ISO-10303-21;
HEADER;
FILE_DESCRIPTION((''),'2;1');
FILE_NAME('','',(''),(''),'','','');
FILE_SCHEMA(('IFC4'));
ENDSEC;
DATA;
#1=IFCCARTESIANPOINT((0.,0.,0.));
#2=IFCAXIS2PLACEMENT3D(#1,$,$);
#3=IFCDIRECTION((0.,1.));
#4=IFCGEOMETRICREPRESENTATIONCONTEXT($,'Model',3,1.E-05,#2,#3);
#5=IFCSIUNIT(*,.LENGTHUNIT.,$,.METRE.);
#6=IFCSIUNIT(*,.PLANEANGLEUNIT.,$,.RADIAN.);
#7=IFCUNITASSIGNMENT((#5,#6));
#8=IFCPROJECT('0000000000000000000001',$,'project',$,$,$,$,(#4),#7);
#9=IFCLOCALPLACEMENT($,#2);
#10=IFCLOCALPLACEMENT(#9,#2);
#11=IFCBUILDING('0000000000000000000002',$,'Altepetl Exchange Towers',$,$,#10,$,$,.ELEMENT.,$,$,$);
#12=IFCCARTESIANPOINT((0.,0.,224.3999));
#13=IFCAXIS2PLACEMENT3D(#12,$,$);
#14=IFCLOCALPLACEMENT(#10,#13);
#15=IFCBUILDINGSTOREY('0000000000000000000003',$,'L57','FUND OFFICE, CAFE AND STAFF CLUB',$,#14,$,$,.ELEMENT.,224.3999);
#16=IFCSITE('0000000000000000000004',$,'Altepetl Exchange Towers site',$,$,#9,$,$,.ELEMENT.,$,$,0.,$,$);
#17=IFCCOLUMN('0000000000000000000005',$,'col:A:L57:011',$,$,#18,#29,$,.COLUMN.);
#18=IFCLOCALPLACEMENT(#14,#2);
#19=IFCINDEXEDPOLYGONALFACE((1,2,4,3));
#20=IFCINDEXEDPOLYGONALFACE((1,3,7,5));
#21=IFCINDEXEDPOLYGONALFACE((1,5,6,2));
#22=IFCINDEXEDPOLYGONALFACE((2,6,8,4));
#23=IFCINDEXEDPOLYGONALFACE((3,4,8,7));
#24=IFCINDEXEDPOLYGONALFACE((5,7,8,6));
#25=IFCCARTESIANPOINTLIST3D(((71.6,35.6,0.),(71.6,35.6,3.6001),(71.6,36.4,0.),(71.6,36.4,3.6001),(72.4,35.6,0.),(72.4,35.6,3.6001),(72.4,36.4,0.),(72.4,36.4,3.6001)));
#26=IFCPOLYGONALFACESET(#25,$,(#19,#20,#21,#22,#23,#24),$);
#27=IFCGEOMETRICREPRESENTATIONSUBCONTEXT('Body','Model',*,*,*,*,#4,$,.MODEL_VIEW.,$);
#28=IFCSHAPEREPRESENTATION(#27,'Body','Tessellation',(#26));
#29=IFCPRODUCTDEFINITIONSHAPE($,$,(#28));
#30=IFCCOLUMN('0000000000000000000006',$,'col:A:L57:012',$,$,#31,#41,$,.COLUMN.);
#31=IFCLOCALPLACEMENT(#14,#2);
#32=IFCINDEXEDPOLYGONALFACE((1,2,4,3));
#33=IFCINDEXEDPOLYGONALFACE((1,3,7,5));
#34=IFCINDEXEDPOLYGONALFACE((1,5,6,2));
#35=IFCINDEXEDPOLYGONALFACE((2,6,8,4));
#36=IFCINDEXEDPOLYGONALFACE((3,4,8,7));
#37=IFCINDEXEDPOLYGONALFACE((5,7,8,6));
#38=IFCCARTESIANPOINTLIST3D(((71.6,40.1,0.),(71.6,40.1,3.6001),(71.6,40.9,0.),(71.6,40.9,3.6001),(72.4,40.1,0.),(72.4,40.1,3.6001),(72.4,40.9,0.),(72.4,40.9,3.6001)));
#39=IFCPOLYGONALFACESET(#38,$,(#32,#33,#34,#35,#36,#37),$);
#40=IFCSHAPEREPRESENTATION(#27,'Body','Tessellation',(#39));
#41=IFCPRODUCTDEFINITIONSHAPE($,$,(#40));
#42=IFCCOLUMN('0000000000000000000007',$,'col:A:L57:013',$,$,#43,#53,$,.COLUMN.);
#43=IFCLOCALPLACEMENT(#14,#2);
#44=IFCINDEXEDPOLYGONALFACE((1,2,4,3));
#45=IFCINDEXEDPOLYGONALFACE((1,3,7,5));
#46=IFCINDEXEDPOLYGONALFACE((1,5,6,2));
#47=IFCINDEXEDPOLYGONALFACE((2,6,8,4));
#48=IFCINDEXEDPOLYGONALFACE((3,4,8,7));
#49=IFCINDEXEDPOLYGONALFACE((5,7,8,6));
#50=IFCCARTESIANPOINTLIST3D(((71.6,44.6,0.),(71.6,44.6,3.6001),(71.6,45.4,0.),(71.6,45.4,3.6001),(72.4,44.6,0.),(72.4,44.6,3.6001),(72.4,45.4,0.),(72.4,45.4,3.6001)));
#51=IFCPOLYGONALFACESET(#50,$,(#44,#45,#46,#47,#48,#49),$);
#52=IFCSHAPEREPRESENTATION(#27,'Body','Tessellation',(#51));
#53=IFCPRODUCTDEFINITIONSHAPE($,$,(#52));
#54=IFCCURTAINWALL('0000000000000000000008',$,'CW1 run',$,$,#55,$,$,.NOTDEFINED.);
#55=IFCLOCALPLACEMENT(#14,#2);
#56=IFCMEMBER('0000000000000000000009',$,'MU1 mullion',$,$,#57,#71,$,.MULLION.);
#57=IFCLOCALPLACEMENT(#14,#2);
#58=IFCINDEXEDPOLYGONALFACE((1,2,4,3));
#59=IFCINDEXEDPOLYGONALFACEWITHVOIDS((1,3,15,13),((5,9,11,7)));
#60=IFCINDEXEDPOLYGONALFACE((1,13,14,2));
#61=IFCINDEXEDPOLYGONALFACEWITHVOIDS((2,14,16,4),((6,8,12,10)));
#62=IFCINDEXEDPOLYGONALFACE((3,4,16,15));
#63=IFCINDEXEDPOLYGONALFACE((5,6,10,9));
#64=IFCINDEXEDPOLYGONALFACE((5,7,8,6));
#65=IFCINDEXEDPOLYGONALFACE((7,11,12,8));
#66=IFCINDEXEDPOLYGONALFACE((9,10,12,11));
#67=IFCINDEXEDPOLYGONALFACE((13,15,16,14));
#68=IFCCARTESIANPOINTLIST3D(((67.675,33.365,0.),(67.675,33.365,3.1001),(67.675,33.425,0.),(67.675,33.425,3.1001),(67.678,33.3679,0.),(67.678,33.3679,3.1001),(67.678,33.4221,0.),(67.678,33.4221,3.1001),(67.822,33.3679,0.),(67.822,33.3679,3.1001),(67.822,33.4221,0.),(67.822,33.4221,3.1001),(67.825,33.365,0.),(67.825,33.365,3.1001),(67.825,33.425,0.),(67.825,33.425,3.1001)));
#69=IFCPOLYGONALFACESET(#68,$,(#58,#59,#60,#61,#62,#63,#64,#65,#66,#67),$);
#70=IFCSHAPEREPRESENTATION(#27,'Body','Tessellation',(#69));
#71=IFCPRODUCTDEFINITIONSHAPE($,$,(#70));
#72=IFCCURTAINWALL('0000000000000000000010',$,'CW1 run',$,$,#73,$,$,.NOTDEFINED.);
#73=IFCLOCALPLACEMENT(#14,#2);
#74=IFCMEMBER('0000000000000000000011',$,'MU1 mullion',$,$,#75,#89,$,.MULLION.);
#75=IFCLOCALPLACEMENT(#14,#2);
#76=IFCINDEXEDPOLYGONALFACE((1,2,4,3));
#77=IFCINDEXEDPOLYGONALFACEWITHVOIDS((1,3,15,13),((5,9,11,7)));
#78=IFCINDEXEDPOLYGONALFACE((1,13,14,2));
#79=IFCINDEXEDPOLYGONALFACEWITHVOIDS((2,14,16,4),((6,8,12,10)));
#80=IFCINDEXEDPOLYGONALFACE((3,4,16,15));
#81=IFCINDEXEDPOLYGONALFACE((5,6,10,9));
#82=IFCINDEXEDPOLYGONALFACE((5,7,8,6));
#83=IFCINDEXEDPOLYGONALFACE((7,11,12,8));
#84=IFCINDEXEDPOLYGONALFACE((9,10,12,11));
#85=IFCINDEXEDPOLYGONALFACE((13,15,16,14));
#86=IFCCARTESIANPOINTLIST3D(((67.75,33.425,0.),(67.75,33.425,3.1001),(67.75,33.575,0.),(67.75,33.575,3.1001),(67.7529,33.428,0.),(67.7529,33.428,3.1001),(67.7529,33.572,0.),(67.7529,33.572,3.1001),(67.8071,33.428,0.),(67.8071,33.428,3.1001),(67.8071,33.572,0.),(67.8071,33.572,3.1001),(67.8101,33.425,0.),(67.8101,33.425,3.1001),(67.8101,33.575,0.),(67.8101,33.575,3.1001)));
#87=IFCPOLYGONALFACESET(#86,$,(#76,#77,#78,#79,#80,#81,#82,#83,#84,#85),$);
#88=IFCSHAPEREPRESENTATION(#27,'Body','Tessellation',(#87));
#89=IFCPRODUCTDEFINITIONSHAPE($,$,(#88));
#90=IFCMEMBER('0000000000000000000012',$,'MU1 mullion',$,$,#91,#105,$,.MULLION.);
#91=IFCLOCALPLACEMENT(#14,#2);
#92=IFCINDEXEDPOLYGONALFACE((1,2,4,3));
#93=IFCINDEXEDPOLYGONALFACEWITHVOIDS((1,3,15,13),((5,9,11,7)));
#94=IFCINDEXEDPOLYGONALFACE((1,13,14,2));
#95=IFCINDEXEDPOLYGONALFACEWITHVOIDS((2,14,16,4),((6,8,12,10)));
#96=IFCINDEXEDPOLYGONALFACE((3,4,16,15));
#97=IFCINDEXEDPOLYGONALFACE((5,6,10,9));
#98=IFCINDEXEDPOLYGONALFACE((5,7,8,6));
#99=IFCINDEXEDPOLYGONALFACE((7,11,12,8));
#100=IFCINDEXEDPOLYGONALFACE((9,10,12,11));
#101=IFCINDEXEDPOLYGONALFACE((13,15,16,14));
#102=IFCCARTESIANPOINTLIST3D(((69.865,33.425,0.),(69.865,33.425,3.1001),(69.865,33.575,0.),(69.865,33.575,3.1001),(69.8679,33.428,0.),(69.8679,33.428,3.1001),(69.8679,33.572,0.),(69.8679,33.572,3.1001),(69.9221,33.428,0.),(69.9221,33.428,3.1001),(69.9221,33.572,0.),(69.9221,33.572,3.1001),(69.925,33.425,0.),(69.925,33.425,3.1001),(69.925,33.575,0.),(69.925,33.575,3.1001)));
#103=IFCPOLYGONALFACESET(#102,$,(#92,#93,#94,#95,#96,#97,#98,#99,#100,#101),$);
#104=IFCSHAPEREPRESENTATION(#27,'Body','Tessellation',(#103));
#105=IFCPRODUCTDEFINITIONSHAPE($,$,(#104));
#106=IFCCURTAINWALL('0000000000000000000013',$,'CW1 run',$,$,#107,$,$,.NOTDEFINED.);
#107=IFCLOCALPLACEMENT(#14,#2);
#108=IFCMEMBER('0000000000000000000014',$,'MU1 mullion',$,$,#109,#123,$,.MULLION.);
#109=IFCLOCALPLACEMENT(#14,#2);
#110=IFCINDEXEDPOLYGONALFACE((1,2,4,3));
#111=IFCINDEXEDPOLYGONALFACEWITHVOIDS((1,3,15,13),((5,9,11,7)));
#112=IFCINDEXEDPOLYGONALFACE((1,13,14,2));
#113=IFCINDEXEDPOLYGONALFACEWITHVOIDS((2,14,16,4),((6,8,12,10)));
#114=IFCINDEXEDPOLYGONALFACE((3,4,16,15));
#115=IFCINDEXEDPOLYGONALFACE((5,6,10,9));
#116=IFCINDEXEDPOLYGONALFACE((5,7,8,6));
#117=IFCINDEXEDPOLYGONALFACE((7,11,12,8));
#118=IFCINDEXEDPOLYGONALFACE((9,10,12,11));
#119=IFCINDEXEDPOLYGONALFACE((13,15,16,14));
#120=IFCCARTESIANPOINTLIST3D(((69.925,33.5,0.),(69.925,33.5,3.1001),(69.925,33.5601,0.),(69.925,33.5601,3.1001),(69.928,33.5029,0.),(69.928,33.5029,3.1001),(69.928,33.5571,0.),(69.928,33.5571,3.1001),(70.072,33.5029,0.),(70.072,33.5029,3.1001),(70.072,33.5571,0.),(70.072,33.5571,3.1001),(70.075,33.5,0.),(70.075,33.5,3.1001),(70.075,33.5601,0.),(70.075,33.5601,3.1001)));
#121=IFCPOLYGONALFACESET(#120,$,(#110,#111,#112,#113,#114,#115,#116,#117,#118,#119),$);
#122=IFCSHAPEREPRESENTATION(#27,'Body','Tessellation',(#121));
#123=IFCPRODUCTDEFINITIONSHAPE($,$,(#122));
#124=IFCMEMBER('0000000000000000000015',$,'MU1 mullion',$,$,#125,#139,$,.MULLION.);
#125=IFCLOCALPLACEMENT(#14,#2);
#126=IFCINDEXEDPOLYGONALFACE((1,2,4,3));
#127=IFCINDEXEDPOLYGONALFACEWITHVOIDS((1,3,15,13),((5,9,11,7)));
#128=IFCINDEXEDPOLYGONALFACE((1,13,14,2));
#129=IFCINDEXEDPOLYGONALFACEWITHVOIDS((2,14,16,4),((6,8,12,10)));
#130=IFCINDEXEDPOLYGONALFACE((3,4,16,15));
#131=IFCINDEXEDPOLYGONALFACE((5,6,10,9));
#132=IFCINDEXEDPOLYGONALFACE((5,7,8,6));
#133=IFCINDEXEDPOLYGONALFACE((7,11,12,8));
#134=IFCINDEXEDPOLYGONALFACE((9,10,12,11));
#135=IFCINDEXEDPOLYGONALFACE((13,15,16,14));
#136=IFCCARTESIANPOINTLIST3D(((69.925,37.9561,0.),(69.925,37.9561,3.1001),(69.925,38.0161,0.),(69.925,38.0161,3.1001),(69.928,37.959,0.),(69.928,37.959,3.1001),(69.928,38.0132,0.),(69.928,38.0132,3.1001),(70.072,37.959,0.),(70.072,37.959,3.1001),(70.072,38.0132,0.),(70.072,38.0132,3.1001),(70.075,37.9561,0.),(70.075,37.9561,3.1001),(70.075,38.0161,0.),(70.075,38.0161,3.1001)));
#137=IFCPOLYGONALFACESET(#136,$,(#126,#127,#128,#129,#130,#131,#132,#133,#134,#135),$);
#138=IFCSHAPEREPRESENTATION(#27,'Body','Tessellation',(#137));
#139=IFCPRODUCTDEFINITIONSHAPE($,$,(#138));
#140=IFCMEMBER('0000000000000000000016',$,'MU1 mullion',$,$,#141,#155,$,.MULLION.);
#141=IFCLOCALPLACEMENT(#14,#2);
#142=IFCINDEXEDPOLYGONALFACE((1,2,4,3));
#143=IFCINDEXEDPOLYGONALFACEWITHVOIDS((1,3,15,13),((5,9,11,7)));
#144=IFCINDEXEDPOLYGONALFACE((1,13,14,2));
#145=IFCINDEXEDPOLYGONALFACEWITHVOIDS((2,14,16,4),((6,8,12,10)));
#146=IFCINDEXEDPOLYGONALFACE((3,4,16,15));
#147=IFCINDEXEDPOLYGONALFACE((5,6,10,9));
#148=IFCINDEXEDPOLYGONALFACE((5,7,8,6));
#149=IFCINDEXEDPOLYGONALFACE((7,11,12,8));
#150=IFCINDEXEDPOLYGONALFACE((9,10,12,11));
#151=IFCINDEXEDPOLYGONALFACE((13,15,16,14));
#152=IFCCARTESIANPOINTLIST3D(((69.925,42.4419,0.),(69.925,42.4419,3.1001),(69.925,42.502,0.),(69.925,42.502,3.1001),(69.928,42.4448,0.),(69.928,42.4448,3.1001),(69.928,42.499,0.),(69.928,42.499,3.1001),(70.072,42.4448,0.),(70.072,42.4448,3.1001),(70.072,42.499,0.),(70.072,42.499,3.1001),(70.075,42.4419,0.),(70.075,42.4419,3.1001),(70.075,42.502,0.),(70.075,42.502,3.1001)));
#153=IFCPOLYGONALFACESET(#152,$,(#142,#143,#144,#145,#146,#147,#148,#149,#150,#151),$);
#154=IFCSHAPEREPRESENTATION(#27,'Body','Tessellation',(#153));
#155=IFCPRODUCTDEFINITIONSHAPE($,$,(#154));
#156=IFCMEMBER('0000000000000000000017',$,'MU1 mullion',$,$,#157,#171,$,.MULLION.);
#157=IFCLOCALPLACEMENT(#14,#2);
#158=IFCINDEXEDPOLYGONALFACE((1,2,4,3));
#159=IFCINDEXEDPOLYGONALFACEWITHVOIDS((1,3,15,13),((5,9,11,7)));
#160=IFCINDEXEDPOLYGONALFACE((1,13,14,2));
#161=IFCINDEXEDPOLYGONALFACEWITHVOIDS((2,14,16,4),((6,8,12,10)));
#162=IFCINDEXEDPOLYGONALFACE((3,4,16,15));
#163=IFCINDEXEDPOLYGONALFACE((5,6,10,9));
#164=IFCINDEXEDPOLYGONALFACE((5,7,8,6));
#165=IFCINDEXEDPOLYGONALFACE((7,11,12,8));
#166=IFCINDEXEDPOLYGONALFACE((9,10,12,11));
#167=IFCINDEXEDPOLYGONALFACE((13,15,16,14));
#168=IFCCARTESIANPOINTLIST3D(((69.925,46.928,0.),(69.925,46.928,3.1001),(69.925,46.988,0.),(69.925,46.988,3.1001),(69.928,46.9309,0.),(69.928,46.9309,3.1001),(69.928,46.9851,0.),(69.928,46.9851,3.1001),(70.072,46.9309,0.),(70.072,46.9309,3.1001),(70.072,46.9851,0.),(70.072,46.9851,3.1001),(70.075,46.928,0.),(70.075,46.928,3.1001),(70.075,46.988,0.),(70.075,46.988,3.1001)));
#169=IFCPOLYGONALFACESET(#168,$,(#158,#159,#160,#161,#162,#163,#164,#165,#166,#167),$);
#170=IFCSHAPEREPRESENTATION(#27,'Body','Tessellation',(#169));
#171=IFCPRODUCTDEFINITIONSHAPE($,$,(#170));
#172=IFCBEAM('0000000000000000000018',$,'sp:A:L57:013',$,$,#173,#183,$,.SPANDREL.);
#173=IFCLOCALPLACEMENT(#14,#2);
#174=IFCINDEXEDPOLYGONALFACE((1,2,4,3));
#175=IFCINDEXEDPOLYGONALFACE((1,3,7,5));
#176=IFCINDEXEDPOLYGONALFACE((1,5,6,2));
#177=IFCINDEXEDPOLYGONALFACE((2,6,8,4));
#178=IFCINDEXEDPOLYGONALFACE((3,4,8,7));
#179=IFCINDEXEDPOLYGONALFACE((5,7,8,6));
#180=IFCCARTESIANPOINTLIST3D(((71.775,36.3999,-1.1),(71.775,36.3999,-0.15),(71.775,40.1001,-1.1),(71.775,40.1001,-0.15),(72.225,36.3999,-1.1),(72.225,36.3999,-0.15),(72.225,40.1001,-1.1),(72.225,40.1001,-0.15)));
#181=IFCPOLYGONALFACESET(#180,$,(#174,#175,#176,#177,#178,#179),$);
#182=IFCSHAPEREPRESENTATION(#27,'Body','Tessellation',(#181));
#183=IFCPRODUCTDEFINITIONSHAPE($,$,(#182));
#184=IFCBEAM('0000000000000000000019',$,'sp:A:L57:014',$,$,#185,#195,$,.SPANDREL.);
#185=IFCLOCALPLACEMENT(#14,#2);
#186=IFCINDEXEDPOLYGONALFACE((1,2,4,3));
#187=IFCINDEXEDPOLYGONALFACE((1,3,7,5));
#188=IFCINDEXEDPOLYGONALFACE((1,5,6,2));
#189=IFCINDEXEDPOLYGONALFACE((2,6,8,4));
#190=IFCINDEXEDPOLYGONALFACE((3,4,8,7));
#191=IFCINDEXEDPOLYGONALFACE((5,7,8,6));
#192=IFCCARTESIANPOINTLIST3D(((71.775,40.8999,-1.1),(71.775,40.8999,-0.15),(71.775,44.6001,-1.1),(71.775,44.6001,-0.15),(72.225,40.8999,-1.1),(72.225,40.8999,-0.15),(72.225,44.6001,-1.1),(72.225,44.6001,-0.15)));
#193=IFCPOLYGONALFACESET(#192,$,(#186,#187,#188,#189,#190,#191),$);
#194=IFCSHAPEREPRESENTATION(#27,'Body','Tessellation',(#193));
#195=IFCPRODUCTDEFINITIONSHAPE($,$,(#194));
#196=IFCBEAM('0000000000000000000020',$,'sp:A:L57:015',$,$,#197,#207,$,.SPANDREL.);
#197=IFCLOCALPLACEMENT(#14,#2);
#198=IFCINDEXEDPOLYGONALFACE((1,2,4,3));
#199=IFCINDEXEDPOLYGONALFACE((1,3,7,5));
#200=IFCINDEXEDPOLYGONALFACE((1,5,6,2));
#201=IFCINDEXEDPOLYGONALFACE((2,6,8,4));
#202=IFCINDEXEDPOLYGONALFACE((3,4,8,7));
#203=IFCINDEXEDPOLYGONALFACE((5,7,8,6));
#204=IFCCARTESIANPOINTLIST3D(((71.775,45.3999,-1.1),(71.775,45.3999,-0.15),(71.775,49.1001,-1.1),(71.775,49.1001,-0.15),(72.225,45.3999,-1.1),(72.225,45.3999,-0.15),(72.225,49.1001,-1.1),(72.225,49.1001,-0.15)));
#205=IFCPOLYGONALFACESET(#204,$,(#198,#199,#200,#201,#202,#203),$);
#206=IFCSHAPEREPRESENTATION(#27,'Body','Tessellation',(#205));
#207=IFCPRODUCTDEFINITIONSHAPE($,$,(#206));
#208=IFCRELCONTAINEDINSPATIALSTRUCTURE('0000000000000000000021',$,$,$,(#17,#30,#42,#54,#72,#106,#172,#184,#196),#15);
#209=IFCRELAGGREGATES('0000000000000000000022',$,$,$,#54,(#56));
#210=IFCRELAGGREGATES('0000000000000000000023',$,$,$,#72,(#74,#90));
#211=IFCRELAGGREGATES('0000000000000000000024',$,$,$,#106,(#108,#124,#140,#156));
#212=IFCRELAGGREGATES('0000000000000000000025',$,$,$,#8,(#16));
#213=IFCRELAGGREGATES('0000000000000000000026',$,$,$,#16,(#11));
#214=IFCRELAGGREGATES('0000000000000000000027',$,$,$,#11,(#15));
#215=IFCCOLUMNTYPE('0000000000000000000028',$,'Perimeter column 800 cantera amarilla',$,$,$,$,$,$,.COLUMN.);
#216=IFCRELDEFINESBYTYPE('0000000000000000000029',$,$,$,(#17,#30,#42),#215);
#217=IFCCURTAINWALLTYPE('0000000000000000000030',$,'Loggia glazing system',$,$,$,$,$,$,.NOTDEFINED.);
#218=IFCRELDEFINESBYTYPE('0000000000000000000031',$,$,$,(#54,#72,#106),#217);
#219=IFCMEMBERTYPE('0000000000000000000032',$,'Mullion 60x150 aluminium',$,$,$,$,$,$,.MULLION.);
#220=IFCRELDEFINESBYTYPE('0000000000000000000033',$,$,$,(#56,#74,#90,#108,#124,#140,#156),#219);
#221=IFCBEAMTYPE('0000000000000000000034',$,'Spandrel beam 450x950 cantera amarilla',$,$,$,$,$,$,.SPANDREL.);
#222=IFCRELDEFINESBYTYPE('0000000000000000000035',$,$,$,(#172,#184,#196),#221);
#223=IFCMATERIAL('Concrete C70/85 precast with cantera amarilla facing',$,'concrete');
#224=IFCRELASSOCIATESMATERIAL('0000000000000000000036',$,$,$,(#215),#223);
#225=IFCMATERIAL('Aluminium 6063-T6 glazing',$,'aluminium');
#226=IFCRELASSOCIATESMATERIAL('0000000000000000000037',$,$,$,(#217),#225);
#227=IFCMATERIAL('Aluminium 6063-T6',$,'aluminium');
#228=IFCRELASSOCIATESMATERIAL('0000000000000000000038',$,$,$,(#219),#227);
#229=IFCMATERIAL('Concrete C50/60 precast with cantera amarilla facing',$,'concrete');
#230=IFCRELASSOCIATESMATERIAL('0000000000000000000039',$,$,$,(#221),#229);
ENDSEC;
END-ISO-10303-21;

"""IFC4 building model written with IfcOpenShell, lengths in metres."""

from ifc_helpers import new_model, si_unit, direction, frame, origin, origin_2d, place, context, subcontext, project, spatial, rectangle, hollow_rectangle, extrude, material, material_profile, profile_set, type_object, element, aggregate, save


model = new_model("IFC4")

# Units and contexts
model_context = context("Model", 3, precision=1e-05, world=origin(), true_north=direction((0.0, 1.0)))
body_context = subcontext(model_context, "Body", "Model", "MODEL_VIEW")
ifc_project = project(units=[si_unit("LENGTHUNIT", "METRE"), si_unit("PLANEANGLEUNIT", "RADIAN")], contexts=[model_context])

# Site, building, storey
site_placement = place(None, origin())
site = spatial("IfcSite", under=ifc_project, at=site_placement, Name="Altepetl Exchange Towers site", CompositionType="ELEMENT", RefElevation=0.0)
building_placement = place(site_placement, origin())
building = spatial("IfcBuilding", under=site, at=building_placement, Name="Altepetl Exchange Towers", CompositionType="ELEMENT")
storey_placement = place(building_placement, frame((0.0, 0.0, 224.3999)))
storey = spatial("IfcBuildingStorey", under=building, at=storey_placement, Name="L57", Description="FUND OFFICE, CAFE AND STAFF CLUB", CompositionType="ELEMENT", Elevation=224.3999)

# Columns
ifc_material_1 = material(Name="Concrete C70/85 precast with cantera amarilla facing", Category="concrete")
ifc_material_profile_1 = material_profile(ifc_material_1, rectangle(XDim=0.8, YDim=0.8, at=origin_2d()), Name="800 x 800")
ifc_profile_set_1 = profile_set([ifc_material_profile_1], Name="Concrete C70/85 precast with cantera amarilla facing")
column_type = type_object("IfcColumnType", Name="Perimeter column 800 cantera amarilla", PredefinedType="COLUMN", material=ifc_profile_set_1)
for number, where, name in (
    (1, (72.0, 36.0, 0.0), "col:A:L57:011"),
    (2, (72.0, 40.5, 0.0), "col:A:L57:012"),
    (3, (72.0, 45.0, 0.0), "col:A:L57:013"),
):
    element("IfcColumn", number, at=place(storey_placement, frame(where)), inside=storey, type_object=column_type, Name=name, PredefinedType="COLUMN", context=body_context, shape_type="SweptSolid", body=[
        extrude(rectangle(XDim=0.8, YDim=0.8, at=origin_2d()), origin(), (0.0, 0.0, 1.0), 3.6001),
    ])

# Curtain wall, member
ifc_material_2 = material(Name="Aluminium 6063-T6 glazing", Category="aluminium")
curtain_wall_type = type_object("IfcCurtainWallType", Name="Loggia glazing system", PredefinedType="NOTDEFINED", material=ifc_material_2)
curtain_wall_1_placement = place(storey_placement, origin())
curtain_wall_1 = element("IfcCurtainWall", 4, at=curtain_wall_1_placement, inside=storey, type_object=curtain_wall_type, Name="CW1 run", PredefinedType="NOTDEFINED")
ifc_material_3 = material(Name="Aluminium 6063-T6", Category="aluminium")
ifc_material_profile_2 = material_profile(ifc_material_3, hollow_rectangle(XDim=0.0601, YDim=0.1499, WallThickness=0.0029, at=origin_2d()), Name="Mullion 60x150 aluminium")
ifc_profile_set_2 = profile_set([ifc_material_profile_2], Name="Aluminium 6063-T6")
member_type = type_object("IfcMemberType", Name="Mullion 60x150 aluminium", PredefinedType="MULLION", material=ifc_profile_set_2)
member_1_placement = place(storey_placement, frame((67.75, 33.395, 0.0), z_axis=(0.0, 0.0, 1.0), x_axis=(0.0, 1.0, 0.0)))
member_1 = element("IfcMember", 5, at=member_1_placement, type_object=member_type, Name="MU1 mullion", PredefinedType="MULLION", context=body_context, shape_type="SweptSolid", body=[
    extrude(hollow_rectangle(XDim=0.0601, YDim=0.1499, WallThickness=0.0029, at=origin_2d()), origin(), (0.0, 0.0, 1.0), 3.1001),
])

# Curtain walls, members
curtain_wall_2_placement = place(storey_placement, origin())
curtain_wall_2 = element("IfcCurtainWall", 6, at=curtain_wall_2_placement, inside=storey, type_object=curtain_wall_type, Name="CW1 run", PredefinedType="NOTDEFINED")
member_2_placement = place(storey_placement, frame((67.78, 33.5, 0.0)))
member_2 = element("IfcMember", 7, at=member_2_placement, type_object=member_type, Name="MU1 mullion", PredefinedType="MULLION", context=body_context, shape_type="SweptSolid", body=[
    extrude(hollow_rectangle(XDim=0.0601, YDim=0.1499, WallThickness=0.0029, at=origin_2d()), origin(), (0.0, 0.0, 1.0), 3.1001),
])
member_3_placement = place(storey_placement, frame((69.895, 33.5, 0.0)))
member_3 = element("IfcMember", 8, at=member_3_placement, type_object=member_type, Name="MU1 mullion", PredefinedType="MULLION", context=body_context, shape_type="SweptSolid", body=[
    extrude(hollow_rectangle(XDim=0.0601, YDim=0.1499, WallThickness=0.0029, at=origin_2d()), origin(), (0.0, 0.0, 1.0), 3.1001),
])
curtain_wall_3_placement = place(storey_placement, origin())
curtain_wall_3 = element("IfcCurtainWall", 9, at=curtain_wall_3_placement, inside=storey, type_object=curtain_wall_type, Name="CW1 run", PredefinedType="NOTDEFINED")
member_4_placement = place(storey_placement, frame((70.0, 33.53, 0.0), z_axis=(0.0, 0.0, 1.0), x_axis=(0.0, 1.0, 0.0)))
member_4 = element("IfcMember", 10, at=member_4_placement, type_object=member_type, Name="MU1 mullion", PredefinedType="MULLION", context=body_context, shape_type="SweptSolid", body=[
    extrude(hollow_rectangle(XDim=0.0601, YDim=0.1499, WallThickness=0.0029, at=origin_2d()), origin(), (0.0, 0.0, 1.0), 3.1001),
])
member_5_placement = place(storey_placement, frame((70.0, 37.9861, 0.0), z_axis=(0.0, 0.0, 1.0), x_axis=(0.0, 1.0, 0.0)))
member_5 = element("IfcMember", 11, at=member_5_placement, type_object=member_type, Name="MU1 mullion", PredefinedType="MULLION", context=body_context, shape_type="SweptSolid", body=[
    extrude(hollow_rectangle(XDim=0.0601, YDim=0.1499, WallThickness=0.0029, at=origin_2d()), origin(), (0.0, 0.0, 1.0), 3.1001),
])
member_6_placement = place(storey_placement, frame((70.0, 42.4719, 0.0), z_axis=(0.0, 0.0, 1.0), x_axis=(0.0, 1.0, 0.0)))
member_6 = element("IfcMember", 12, at=member_6_placement, type_object=member_type, Name="MU1 mullion", PredefinedType="MULLION", context=body_context, shape_type="SweptSolid", body=[
    extrude(hollow_rectangle(XDim=0.0601, YDim=0.1499, WallThickness=0.0029, at=origin_2d()), origin(), (0.0, 0.0, 1.0), 3.1001),
])
member_7_placement = place(storey_placement, frame((70.0, 46.958, 0.0), z_axis=(0.0, 0.0, 1.0), x_axis=(0.0, 1.0, 0.0)))
member_7 = element("IfcMember", 13, at=member_7_placement, type_object=member_type, Name="MU1 mullion", PredefinedType="MULLION", context=body_context, shape_type="SweptSolid", body=[
    extrude(hollow_rectangle(XDim=0.0601, YDim=0.1499, WallThickness=0.0029, at=origin_2d()), origin(), (0.0, 0.0, 1.0), 3.1001),
])

# Beams
ifc_material_4 = material(Name="Concrete C50/60 precast with cantera amarilla facing", Category="concrete")
ifc_material_profile_3 = material_profile(ifc_material_4, rectangle(XDim=0.45, YDim=0.95, at=origin_2d()), Name="450 x 950")
ifc_profile_set_3 = profile_set([ifc_material_profile_3], Name="Concrete C50/60 precast with cantera amarilla facing")
beam_type = type_object("IfcBeamType", Name="Spandrel beam 450x950 cantera amarilla", PredefinedType="SPANDREL", material=ifc_profile_set_3)
for number, where, z_axis, x_axis, name in (
    (14, (72.0, 36.3999, -0.625), (0.0, 1.0, 0.0), (-1.0, 0.0, 0.0), "sp:A:L57:013"),
    (15, (72.0, 40.8999, -0.625), (0.0, 1.0, 0.0), (-1.0, 0.0, 0.0), "sp:A:L57:014"),
    (16, (72.0, 45.3999, -0.625), (0.0, 1.0, 0.0), (-1.0, 0.0, 0.0), "sp:A:L57:015"),
):
    element("IfcBeam", number, at=place(storey_placement, frame(where, z_axis=z_axis, x_axis=x_axis)), inside=storey, type_object=beam_type, Name=name, PredefinedType="SPANDREL", context=body_context, shape_type="SweptSolid", body=[
        extrude(rectangle(XDim=0.45, YDim=0.95, at=origin_2d()), origin(), (0.0, 0.0, 1.0), 3.7002),
    ])

aggregate(curtain_wall_1, [member_1])
aggregate(curtain_wall_2, [member_2, member_3])
aggregate(curtain_wall_3, [member_4, member_5, member_6, member_7])

save(model, "model.ifc")
